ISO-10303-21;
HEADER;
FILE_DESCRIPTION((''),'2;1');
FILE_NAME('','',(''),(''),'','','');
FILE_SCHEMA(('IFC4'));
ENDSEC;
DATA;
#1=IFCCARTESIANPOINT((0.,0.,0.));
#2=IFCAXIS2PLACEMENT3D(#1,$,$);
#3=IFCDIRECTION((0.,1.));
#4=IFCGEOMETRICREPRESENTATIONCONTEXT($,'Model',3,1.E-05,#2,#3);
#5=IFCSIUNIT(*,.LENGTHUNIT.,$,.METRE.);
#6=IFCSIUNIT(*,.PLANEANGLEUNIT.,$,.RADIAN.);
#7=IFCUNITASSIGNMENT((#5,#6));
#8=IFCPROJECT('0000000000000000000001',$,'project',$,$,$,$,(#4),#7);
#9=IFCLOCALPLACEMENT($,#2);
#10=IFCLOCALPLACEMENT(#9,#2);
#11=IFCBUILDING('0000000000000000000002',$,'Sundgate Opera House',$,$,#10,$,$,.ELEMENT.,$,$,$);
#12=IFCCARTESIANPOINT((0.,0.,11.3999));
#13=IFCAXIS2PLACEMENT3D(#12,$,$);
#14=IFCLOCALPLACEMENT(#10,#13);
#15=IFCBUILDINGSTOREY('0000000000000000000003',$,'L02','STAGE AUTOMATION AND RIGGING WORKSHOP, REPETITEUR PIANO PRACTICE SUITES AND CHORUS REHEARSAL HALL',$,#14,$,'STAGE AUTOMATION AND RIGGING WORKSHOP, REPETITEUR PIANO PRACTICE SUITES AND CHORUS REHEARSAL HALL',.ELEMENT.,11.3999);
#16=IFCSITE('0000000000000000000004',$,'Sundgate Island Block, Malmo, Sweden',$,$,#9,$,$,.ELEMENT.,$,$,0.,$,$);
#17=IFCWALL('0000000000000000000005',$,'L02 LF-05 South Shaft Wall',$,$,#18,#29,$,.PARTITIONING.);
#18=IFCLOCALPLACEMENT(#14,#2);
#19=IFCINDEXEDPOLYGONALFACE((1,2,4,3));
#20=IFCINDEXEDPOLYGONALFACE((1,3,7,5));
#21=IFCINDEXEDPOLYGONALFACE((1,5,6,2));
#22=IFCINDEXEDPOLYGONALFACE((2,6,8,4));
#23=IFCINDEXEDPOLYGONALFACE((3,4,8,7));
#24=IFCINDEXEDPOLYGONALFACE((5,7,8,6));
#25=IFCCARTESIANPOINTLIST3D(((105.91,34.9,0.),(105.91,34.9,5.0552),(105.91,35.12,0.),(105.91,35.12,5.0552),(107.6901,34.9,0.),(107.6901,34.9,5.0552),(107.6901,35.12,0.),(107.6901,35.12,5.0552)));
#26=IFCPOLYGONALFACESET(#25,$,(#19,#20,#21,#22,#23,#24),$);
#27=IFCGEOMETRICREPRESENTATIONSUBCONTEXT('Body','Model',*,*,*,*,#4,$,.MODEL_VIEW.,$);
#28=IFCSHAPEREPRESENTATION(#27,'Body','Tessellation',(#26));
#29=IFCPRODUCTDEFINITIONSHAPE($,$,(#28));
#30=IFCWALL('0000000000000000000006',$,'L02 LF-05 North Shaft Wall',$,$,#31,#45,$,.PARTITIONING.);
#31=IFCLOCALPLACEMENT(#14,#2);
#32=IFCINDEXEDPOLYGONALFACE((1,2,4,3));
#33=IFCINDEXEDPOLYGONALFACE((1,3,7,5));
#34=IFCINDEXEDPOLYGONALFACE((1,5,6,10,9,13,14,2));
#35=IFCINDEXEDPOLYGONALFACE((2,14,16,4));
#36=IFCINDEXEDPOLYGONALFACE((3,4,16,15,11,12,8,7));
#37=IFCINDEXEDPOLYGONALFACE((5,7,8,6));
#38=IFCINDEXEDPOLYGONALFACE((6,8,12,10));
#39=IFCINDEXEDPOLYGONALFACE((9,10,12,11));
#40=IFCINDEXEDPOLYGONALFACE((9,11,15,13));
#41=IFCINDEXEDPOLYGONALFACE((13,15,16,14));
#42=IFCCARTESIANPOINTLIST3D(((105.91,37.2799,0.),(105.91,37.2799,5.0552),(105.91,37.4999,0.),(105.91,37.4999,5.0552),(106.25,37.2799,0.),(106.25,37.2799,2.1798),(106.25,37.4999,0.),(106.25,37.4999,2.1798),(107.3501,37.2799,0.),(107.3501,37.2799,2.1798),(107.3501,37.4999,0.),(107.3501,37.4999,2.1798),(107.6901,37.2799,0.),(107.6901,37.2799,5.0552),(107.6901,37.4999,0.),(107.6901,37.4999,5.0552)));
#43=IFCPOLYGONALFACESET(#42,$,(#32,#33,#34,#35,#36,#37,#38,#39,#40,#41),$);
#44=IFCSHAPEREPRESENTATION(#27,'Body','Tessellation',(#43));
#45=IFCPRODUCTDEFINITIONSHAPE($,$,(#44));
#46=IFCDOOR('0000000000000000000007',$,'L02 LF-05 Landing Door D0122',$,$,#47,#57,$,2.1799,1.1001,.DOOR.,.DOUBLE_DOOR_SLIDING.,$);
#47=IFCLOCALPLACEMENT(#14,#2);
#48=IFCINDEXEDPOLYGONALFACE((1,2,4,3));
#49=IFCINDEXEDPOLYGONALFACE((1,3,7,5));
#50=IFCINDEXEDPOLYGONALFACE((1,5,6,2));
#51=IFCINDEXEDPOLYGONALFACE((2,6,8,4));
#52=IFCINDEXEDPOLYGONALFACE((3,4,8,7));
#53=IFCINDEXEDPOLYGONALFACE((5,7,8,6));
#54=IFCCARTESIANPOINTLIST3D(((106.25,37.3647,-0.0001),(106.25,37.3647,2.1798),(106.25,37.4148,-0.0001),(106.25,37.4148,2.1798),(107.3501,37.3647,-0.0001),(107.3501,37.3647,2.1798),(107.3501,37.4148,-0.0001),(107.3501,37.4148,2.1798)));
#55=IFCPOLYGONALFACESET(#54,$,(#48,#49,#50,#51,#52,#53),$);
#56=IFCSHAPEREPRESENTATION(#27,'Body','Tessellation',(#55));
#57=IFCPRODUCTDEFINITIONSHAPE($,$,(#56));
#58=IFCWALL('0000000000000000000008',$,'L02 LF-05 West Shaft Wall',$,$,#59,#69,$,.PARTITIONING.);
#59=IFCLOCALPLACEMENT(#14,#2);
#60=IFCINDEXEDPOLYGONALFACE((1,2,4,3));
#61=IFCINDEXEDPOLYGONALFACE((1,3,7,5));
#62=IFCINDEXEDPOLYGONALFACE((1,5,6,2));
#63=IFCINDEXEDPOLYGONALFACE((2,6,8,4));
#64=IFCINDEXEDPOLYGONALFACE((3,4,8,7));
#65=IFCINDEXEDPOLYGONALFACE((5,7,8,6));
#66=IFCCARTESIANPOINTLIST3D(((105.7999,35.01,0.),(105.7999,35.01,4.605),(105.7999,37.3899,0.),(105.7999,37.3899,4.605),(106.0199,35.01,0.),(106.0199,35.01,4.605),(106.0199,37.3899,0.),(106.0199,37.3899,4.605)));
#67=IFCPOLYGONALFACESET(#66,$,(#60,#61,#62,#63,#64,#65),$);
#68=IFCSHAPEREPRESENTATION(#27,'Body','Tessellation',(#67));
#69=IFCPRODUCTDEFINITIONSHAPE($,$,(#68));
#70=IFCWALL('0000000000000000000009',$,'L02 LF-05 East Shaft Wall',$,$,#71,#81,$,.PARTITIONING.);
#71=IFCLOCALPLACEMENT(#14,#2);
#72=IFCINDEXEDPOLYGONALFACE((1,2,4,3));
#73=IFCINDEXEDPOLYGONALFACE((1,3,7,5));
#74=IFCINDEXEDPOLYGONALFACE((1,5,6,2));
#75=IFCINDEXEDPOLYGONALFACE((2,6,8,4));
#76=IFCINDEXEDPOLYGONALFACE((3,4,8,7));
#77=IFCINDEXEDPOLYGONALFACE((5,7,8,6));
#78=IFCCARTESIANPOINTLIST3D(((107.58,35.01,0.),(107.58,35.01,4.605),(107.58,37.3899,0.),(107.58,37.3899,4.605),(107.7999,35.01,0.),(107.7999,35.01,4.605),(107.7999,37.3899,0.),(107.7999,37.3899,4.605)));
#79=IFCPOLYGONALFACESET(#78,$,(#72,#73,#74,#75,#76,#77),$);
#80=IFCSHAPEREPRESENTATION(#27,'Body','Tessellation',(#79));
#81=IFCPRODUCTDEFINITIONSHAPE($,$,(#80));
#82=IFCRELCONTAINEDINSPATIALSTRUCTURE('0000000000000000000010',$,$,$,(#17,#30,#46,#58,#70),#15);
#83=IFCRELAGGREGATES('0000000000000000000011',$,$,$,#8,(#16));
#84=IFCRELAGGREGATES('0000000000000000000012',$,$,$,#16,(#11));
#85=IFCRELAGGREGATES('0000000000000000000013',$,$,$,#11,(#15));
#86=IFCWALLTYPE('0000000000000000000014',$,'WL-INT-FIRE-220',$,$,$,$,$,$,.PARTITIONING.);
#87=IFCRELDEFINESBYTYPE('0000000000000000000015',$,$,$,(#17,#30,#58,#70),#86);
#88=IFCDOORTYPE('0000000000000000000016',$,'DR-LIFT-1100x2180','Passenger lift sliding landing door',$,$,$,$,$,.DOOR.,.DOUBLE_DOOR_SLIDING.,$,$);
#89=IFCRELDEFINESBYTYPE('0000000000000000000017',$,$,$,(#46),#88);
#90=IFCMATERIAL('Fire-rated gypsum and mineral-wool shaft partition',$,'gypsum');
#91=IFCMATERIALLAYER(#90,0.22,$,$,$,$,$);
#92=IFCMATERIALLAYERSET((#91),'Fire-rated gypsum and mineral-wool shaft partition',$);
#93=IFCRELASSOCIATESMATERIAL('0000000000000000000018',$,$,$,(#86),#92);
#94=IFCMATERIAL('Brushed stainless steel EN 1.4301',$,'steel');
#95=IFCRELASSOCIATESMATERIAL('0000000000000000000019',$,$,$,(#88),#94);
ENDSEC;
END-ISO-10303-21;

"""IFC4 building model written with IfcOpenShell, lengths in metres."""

from ifc_helpers import new_model, si_unit, direction, frame, frame_2d, origin, place, context, subcontext, project, spatial, rectangle, extrude, material, layer, layer_set, type_object, element, fill, save


model = new_model("IFC4")

# Units and contexts
model_context = context("Model", 3, precision=1e-05, world=origin(), true_north=direction((0.0, 1.0)))
body_context = subcontext(model_context, "Body", "Model", "MODEL_VIEW")
ifc_project = project(units=[si_unit("LENGTHUNIT", "METRE"), si_unit("PLANEANGLEUNIT", "RADIAN")], contexts=[model_context])

# Site, building, storey
site_placement = place(None, origin())
site = spatial("IfcSite", under=ifc_project, at=site_placement, Name="Sundgate Island Block, Malmo, Sweden", CompositionType="ELEMENT", RefElevation=0.0)
building_placement = place(site_placement, origin())
building = spatial("IfcBuilding", under=site, at=building_placement, Name="Sundgate Opera House", CompositionType="ELEMENT")
storey_placement = place(building_placement, frame((0.0, 0.0, 11.3999)))
storey = spatial("IfcBuildingStorey", under=building, at=storey_placement, Name="L02", Description="STAGE AUTOMATION AND RIGGING WORKSHOP, REPETITEUR PIANO PRACTICE SUITES AND CHORUS REHEARSAL HALL", LongName="STAGE AUTOMATION AND RIGGING WORKSHOP, REPETITEUR PIANO PRACTICE SUITES AND CHORUS REHEARSAL HALL", CompositionType="ELEMENT", Elevation=11.3999)

# Wall
ifc_material_1 = material(Name="Fire-rated gypsum and mineral-wool shaft partition", Category="gypsum")
ifc_layer_1 = layer(ifc_material_1, 0.22)
ifc_layer_set_1 = layer_set([ifc_layer_1], Name="Fire-rated gypsum and mineral-wool shaft partition")
wall_type = type_object("IfcWallType", Name="WL-INT-FIRE-220", PredefinedType="PARTITIONING", material=ifc_layer_set_1)
wall_1_placement = place(storey_placement, frame((105.9099, 35.01, 0.0), z_axis=(0.0, 0.0, 1.0), x_axis=(1.0, 0.0, 0.0)))
element("IfcWall", 1, at=wall_1_placement, inside=storey, type_object=wall_type, Name="L02 LF-05 South Shaft Wall", PredefinedType="PARTITIONING", context=body_context, shape_type="SweptSolid", body=[
    extrude(rectangle(XDim=1.78, YDim=0.22, at=frame_2d((0.8901, 0.0))), origin(), (0.0, 0.0, 1.0), 5.0552),
])

# Wall, opening, door
wall_2_placement = place(storey_placement, frame((105.9099, 37.3899, 0.0), z_axis=(0.0, 0.0, 1.0), x_axis=(1.0, 0.0, 0.0)))
wall_2 = element("IfcWall", 2, at=wall_2_placement, inside=storey, type_object=wall_type, Name="L02 LF-05 North Shaft Wall", PredefinedType="PARTITIONING", context=body_context, shape_type="SweptSolid", body=[
    extrude(rectangle(XDim=1.78, YDim=0.22, at=frame_2d((0.8901, 0.0))), origin(), (0.0, 0.0, 1.0), 5.0552),
])
opening_placement = place(wall_2_placement, frame((0.3401, 0.0, 0.0)))
opening = element("IfcOpeningElement", 3, at=opening_placement, cuts=wall_2, PredefinedType="OPENING", context=body_context, shape_type="SweptSolid", body=[
    extrude(rectangle(XDim=1.1001, YDim=2.1799, at=frame_2d((0.55, 1.0898))), frame((0.0, 0.1199, 0.0), z_axis=(0.0, -1.0, 0.0), x_axis=(1.0, 0.0, 0.0)), (0.0, 0.0, 1.0), 0.24),
])
ifc_material_2 = material(Name="Brushed stainless steel EN 1.4301", Category="steel")
door_type = type_object("IfcDoorType", Name="DR-LIFT-1100x2180", Description="Passenger lift sliding landing door", OperationType="DOUBLE_DOOR_SLIDING", PredefinedType="DOOR", material=ifc_material_2)
door_placement = place(opening_placement, origin())
door = element("IfcDoor", 4, at=door_placement, inside=storey, type_object=door_type, Name="L02 LF-05 Landing Door D0122", OperationType="DOUBLE_DOOR_SLIDING", OverallHeight=2.1799, OverallWidth=1.1001, PredefinedType="DOOR", context=body_context, shape_type="SweptSolid", body=[
    extrude(rectangle(XDim=1.1001, YDim=2.1799, at=frame_2d((0.55, 1.0898))), frame((0.0, 0.0249, 0.0), z_axis=(0.0, -1.0, 0.0), x_axis=(1.0, 0.0, 0.0)), (0.0, 0.0, 1.0), 0.05),
])
fill(opening, door)

# Walls
for number, where, z_axis, x_axis, name in (
    (5, (105.9099, 35.01, 0.0), (0.0, 0.0, 1.0), (0.0, 1.0, 0.0), "L02 LF-05 West Shaft Wall"),
    (6, (107.6899, 35.01, 0.0), (0.0, 0.0, 1.0), (0.0, 1.0, 0.0), "L02 LF-05 East Shaft Wall"),
):
    element("IfcWall", number, at=place(storey_placement, frame(where, z_axis=z_axis, x_axis=x_axis)), inside=storey, type_object=wall_type, Name=name, PredefinedType="PARTITIONING", context=body_context, shape_type="SweptSolid", body=[
        extrude(rectangle(XDim=2.3799, YDim=0.22, at=frame_2d((1.1899, 0.0))), origin(), (0.0, 0.0, 1.0), 4.605),
    ])

save(model, "model.ifc")
